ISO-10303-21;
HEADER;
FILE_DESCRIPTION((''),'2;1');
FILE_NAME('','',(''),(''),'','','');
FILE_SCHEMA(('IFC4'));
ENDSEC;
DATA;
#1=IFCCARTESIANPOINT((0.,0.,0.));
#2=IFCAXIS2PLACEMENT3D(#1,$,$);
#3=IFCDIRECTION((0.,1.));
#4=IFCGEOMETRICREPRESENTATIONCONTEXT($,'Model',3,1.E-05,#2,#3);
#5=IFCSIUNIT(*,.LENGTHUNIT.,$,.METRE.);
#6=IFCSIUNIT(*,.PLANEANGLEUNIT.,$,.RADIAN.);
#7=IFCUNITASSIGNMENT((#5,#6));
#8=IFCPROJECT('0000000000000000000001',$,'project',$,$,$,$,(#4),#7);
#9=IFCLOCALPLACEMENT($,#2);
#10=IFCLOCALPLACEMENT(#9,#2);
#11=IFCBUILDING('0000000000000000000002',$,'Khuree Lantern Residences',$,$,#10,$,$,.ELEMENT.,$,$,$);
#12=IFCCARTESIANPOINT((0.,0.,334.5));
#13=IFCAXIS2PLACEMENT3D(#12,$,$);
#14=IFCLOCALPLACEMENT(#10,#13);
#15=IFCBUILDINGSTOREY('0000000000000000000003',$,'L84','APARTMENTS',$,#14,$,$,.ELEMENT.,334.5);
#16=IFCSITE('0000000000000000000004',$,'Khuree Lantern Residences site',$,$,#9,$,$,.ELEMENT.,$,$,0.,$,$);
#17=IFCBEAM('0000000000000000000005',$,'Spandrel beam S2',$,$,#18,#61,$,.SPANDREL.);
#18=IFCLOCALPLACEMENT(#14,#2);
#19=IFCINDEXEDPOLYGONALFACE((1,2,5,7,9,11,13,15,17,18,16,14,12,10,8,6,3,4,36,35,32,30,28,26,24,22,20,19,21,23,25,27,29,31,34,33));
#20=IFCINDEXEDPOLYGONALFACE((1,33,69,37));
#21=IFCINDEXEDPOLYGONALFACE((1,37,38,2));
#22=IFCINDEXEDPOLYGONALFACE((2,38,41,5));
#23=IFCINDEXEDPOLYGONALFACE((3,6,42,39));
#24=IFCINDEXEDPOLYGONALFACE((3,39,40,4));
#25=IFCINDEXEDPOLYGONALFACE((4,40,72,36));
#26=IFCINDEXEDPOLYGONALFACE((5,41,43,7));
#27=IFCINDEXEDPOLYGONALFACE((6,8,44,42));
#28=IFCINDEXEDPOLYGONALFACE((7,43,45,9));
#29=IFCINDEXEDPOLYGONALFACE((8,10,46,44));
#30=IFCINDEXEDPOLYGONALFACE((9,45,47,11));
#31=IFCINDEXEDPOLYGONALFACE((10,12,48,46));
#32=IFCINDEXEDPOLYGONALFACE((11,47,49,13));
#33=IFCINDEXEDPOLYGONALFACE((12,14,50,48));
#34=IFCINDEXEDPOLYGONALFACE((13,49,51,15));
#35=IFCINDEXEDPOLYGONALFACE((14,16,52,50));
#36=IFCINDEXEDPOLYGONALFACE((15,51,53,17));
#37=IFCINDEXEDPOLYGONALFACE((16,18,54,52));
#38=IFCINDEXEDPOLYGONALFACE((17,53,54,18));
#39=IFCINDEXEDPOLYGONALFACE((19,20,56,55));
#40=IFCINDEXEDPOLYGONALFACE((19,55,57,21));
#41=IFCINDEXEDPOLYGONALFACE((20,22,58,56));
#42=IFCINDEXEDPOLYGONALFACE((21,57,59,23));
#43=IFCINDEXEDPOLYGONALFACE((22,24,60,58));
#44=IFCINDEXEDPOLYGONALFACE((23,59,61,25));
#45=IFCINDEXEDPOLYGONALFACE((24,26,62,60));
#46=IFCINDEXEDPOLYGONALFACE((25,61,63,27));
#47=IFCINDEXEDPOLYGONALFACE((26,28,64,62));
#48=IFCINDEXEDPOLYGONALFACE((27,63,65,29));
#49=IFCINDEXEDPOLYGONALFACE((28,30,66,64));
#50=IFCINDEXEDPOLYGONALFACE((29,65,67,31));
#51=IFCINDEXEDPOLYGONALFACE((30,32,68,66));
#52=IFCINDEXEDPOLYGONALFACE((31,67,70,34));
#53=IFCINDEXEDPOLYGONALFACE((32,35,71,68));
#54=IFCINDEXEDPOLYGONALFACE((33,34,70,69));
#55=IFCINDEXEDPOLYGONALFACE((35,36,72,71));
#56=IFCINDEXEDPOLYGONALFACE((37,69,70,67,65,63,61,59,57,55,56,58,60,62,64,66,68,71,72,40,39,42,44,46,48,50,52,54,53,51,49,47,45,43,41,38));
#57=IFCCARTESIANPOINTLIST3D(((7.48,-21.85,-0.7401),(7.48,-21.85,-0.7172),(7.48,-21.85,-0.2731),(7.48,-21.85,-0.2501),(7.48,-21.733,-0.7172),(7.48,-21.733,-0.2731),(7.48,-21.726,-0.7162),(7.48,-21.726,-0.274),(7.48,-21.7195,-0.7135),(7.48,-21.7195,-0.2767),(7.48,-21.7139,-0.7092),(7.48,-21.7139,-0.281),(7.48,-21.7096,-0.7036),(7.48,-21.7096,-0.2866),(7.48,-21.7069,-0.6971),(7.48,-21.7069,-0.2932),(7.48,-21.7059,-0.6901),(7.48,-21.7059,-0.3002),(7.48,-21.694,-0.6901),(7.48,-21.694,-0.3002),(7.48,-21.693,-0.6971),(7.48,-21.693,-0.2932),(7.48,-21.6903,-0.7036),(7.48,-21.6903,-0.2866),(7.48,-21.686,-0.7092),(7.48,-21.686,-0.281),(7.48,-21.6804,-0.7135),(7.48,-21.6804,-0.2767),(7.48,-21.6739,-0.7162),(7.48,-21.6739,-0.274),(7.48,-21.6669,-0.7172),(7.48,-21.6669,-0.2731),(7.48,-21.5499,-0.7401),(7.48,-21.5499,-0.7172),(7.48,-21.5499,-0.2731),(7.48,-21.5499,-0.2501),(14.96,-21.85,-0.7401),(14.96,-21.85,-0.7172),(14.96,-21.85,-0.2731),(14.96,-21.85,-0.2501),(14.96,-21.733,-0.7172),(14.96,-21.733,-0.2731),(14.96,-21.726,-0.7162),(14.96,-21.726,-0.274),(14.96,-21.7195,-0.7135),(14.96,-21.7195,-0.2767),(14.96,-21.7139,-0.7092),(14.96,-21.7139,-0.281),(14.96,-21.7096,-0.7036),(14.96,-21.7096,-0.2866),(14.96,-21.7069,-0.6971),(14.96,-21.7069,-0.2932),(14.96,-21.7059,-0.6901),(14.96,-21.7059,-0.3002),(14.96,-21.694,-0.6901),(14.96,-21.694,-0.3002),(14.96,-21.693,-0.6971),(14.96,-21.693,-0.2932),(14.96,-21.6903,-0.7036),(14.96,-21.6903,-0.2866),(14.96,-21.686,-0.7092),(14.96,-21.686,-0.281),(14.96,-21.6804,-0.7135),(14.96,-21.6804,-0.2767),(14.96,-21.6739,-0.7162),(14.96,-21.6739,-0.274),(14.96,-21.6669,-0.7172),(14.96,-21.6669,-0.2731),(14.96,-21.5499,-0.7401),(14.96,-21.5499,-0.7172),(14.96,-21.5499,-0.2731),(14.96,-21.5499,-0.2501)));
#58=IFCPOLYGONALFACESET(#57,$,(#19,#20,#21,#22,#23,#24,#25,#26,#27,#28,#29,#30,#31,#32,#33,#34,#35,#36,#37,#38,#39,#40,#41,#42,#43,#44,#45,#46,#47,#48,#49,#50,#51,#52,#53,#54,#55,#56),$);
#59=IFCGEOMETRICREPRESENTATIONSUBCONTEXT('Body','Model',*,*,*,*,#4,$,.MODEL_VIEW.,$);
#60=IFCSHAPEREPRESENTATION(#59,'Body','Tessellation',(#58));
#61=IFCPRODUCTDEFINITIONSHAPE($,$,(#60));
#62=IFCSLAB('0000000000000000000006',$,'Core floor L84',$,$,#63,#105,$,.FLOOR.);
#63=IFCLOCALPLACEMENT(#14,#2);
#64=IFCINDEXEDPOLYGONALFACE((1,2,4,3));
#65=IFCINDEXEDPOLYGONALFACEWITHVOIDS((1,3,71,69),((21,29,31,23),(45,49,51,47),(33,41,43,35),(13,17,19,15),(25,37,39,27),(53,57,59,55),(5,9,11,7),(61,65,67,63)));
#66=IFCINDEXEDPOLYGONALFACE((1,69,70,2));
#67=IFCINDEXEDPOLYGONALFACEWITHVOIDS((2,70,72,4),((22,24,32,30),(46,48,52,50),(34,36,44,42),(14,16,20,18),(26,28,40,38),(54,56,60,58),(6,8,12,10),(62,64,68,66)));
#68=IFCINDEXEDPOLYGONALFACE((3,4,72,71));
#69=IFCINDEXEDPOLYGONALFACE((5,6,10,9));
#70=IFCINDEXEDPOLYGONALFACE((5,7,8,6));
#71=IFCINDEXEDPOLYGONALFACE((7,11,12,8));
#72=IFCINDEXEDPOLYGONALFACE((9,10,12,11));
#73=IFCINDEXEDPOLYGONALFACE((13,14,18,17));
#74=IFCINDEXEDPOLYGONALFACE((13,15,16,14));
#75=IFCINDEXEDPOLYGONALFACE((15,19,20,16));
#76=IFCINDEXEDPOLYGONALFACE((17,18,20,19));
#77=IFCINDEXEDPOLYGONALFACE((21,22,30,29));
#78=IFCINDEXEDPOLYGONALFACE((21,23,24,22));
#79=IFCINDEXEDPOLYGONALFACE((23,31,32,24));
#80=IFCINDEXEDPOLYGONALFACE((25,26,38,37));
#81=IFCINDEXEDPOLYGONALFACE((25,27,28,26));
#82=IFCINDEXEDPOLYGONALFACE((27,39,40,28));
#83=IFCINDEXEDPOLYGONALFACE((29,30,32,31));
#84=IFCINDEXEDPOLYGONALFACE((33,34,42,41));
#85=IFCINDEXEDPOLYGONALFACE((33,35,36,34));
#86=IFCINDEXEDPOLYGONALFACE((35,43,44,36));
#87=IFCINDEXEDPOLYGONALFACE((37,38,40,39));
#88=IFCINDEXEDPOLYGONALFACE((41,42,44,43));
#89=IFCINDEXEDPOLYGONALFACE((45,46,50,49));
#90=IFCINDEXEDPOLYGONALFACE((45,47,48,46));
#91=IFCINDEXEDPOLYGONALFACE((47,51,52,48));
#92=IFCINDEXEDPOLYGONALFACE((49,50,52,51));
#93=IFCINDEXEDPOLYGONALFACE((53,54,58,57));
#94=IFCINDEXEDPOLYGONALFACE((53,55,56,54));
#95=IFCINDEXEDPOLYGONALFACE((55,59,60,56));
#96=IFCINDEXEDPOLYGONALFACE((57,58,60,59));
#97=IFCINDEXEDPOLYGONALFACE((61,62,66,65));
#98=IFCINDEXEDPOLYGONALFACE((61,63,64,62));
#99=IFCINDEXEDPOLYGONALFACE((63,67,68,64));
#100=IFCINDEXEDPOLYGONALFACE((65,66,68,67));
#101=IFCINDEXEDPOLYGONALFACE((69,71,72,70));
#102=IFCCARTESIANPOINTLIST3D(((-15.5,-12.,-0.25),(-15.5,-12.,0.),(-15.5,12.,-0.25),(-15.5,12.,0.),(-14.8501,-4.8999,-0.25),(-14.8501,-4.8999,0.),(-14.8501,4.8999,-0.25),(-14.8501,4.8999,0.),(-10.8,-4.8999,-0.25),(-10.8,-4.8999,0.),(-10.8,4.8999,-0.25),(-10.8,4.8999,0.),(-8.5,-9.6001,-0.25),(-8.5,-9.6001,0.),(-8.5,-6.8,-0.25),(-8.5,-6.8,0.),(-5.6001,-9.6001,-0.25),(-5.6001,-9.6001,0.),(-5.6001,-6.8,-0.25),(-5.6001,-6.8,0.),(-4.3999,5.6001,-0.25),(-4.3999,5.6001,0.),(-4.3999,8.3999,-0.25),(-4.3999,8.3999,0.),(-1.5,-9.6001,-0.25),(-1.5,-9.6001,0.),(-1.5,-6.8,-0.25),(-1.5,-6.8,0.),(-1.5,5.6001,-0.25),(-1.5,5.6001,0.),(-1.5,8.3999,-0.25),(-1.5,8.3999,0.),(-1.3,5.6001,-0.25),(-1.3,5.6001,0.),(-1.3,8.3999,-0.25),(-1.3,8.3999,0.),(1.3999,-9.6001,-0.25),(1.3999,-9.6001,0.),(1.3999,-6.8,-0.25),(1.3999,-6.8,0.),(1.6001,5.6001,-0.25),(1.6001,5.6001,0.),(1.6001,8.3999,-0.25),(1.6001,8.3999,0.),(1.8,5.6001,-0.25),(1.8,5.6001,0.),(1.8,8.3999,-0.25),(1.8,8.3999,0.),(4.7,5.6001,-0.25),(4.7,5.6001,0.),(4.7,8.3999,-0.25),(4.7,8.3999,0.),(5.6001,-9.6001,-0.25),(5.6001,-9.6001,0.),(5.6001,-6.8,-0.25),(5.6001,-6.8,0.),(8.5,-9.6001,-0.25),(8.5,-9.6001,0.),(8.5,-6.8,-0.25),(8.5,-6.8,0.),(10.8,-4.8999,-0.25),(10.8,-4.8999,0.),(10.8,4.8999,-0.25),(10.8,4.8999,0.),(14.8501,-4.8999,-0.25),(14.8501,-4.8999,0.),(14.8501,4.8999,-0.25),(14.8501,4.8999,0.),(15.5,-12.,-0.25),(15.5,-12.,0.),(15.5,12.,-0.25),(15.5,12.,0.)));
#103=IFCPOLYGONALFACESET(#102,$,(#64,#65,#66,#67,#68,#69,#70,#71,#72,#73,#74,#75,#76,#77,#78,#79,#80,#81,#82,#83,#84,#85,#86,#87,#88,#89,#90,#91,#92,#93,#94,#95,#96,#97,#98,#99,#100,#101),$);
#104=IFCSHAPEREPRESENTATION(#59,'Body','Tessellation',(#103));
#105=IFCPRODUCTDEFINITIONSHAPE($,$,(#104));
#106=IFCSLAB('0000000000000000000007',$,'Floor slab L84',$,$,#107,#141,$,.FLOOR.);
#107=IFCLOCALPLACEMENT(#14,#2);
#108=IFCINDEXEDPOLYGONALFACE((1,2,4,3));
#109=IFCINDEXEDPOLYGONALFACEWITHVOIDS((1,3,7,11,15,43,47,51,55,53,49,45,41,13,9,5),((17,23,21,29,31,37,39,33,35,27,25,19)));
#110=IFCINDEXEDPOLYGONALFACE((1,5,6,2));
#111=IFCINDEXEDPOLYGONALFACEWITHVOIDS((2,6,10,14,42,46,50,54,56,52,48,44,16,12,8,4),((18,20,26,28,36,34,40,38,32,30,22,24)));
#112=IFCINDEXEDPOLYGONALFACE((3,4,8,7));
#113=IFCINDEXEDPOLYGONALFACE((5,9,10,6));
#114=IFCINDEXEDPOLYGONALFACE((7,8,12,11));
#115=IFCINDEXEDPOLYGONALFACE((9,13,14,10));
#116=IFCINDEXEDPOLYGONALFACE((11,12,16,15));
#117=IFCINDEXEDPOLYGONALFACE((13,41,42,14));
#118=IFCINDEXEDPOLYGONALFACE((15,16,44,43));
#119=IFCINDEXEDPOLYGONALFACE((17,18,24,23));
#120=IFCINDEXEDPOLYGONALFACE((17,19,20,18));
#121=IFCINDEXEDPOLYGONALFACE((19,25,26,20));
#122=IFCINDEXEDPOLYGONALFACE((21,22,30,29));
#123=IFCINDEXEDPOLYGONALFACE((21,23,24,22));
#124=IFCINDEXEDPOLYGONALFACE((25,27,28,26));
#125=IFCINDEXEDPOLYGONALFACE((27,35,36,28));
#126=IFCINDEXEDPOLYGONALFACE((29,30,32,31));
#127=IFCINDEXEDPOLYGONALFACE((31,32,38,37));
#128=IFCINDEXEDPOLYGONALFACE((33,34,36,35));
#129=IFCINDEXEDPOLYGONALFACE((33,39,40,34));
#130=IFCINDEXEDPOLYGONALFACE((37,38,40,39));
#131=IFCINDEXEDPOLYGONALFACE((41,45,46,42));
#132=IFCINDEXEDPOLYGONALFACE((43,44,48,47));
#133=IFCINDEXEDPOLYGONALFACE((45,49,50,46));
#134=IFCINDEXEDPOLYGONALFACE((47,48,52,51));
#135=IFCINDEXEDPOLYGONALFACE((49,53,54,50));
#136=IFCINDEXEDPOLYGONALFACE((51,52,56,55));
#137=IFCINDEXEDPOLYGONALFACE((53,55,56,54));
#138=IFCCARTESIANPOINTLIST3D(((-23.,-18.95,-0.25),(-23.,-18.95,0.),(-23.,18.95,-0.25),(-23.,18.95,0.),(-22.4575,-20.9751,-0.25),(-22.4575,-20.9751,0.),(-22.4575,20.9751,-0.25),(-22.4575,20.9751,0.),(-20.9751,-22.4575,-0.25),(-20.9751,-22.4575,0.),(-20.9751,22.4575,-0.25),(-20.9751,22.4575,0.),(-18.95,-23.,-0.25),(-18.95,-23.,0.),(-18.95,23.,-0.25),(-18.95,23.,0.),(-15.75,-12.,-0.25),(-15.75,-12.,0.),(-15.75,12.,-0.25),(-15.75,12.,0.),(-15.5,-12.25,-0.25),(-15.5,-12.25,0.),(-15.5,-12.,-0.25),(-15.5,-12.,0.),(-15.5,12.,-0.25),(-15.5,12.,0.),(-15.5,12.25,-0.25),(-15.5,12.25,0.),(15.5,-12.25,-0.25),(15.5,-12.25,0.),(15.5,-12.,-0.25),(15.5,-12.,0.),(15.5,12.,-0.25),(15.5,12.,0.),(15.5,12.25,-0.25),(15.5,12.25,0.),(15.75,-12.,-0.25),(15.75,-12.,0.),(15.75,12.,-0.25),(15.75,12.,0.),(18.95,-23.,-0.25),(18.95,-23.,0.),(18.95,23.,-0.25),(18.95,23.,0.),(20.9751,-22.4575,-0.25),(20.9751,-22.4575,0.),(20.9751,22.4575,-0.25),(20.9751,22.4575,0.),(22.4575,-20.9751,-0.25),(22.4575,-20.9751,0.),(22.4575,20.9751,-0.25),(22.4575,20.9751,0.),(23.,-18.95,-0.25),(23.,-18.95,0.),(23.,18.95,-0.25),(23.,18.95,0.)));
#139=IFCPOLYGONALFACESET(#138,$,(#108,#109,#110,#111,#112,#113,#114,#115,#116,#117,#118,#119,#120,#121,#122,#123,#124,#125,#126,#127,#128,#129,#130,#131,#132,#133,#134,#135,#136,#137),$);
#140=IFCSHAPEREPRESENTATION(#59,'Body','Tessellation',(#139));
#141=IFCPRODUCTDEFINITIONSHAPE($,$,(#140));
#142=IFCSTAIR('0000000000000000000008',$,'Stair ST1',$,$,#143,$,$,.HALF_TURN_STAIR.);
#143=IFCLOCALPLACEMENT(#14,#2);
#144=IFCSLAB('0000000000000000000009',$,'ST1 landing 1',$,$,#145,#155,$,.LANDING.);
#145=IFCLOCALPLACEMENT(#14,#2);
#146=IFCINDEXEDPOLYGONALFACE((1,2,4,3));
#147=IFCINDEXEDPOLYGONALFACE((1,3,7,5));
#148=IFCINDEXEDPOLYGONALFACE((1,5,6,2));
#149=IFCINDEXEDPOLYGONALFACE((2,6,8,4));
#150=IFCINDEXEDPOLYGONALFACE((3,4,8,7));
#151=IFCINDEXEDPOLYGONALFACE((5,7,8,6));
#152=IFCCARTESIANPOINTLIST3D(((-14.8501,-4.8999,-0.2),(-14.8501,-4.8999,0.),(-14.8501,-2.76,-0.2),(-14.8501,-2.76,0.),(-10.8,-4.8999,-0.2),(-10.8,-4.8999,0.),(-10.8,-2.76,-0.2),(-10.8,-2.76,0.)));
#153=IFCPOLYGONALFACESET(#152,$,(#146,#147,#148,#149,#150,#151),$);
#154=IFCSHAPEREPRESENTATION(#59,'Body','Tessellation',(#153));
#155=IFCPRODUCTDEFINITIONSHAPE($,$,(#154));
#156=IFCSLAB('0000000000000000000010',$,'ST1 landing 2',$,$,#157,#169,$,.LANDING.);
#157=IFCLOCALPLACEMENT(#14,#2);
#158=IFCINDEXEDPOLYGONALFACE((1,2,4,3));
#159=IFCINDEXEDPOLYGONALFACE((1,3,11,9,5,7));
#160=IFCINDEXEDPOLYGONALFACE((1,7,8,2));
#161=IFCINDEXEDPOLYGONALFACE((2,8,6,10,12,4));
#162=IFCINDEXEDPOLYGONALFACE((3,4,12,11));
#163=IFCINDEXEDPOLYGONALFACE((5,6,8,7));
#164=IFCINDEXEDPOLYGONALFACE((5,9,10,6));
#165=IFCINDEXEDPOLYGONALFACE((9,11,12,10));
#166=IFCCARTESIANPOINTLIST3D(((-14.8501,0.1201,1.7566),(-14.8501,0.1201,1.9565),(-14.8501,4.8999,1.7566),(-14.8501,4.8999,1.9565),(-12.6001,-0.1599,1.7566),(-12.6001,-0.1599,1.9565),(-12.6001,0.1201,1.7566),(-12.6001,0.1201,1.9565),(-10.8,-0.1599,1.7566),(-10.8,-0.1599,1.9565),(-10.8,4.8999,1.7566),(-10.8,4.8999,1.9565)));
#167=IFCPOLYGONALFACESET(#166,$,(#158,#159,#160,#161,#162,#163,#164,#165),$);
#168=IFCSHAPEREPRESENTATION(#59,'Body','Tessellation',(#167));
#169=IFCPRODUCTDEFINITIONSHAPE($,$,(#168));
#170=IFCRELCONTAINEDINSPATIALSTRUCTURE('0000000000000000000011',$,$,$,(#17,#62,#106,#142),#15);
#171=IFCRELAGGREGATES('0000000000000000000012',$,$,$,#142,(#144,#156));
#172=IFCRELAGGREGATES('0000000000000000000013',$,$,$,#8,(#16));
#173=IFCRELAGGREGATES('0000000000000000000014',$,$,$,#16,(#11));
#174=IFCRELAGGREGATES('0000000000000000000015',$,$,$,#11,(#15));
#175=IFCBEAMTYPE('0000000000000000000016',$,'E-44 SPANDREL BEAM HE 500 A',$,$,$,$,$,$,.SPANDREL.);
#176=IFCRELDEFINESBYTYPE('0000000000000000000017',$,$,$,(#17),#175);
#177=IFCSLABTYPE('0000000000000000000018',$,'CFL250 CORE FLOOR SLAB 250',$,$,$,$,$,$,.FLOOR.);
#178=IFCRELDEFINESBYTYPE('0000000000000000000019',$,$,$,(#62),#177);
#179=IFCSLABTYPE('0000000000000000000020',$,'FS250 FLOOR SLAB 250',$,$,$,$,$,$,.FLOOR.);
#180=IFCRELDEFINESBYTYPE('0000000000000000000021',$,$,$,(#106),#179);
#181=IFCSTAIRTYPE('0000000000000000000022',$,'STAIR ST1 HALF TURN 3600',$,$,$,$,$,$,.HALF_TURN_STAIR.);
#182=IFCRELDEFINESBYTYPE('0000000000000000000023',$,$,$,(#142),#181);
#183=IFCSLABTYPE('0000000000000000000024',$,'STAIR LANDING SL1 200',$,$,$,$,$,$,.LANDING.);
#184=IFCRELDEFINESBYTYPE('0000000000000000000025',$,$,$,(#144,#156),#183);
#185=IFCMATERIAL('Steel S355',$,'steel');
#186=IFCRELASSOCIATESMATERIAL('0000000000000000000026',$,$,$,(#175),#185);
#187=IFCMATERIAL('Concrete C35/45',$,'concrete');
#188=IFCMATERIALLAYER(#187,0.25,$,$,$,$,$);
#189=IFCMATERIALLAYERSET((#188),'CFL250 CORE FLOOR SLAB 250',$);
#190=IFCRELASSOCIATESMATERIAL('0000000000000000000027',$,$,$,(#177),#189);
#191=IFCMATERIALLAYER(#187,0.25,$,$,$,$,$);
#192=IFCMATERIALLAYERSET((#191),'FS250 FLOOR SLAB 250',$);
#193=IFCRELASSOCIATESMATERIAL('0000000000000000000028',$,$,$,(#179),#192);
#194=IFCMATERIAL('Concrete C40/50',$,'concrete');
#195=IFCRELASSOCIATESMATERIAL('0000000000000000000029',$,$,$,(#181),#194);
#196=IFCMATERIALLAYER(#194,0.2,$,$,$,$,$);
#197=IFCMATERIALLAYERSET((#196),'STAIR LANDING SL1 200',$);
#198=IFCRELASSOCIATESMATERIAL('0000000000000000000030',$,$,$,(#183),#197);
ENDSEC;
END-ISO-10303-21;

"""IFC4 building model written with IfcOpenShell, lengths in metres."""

from ifc_helpers import new_model, si_unit, direction, frame, origin, origin_2d, place, context, subcontext, project, spatial, polyline, i_section, outline, extrude, material, layer, layer_set, material_profile, profile_set, type_object, element, aggregate, save


model = new_model("IFC4")

# Units and contexts
model_context = context("Model", 3, precision=1e-05, world=origin(), true_north=direction((0.0, 1.0)))
body_context = subcontext(model_context, "Body", "Model", "MODEL_VIEW")
ifc_project = project(units=[si_unit("LENGTHUNIT", "METRE"), si_unit("PLANEANGLEUNIT", "RADIAN")], contexts=[model_context])

# Site, building, storey
site_placement = place(None, origin())
site = spatial("IfcSite", under=ifc_project, at=site_placement, Name="Khuree Lantern Residences site", CompositionType="ELEMENT", RefElevation=0.0)
building_placement = place(site_placement, origin())
building = spatial("IfcBuilding", under=site, at=building_placement, Name="Khuree Lantern Residences", CompositionType="ELEMENT")
storey_placement = place(building_placement, frame((0.0, 0.0, 334.5)))
storey = spatial("IfcBuildingStorey", under=building, at=storey_placement, Name="L84", Description="APARTMENTS", CompositionType="ELEMENT", Elevation=334.5)

# Beam
ifc_material_1 = material(Name="Steel S355", Category="steel")
ifc_material_profile = material_profile(ifc_material_1, i_section(OverallWidth=0.3, OverallDepth=0.49, WebThickness=0.012, FlangeThickness=0.0229, FilletRadius=0.0271, at=origin_2d()), Name="HE 500 A")
ifc_profile_set = profile_set([ifc_material_profile], Name="Steel S355")
beam_type = type_object("IfcBeamType", Name="E-44 SPANDREL BEAM HE 500 A", PredefinedType="SPANDREL", material=ifc_profile_set)
beam_placement = place(storey_placement, frame((14.96, -21.7, -0.4951), z_axis=(-1.0, 0.0, 0.0), x_axis=(0.0, -1.0, 0.0)))
element("IfcBeam", 1, at=beam_placement, inside=storey, type_object=beam_type, Name="Spandrel beam S2", PredefinedType="SPANDREL", context=body_context, shape_type="SweptSolid", body=[
    extrude(i_section(OverallWidth=0.3, OverallDepth=0.49, WebThickness=0.012, FlangeThickness=0.0229, FilletRadius=0.0271, at=origin_2d()), origin(), (0.0, 0.0, 1.0), 7.48),
])

# Slabs
ifc_material_2 = material(Name="Concrete C35/45", Category="concrete")
ifc_layer_1 = layer(ifc_material_2, 0.25)
ifc_layer_set_1 = layer_set([ifc_layer_1], Name="CFL250 CORE FLOOR SLAB 250")
slab_type_1 = type_object("IfcSlabType", Name="CFL250 CORE FLOOR SLAB 250", PredefinedType="FLOOR", material=ifc_layer_set_1)
slab_1_placement = place(storey_placement, frame((0.0, 0.0, -0.25)))
element("IfcSlab", 2, at=slab_1_placement, inside=storey, type_object=slab_type_1, Name="Core floor L84", PredefinedType="FLOOR", context=body_context, shape_type="SweptSolid", body=[
    extrude(outline(polyline([(-15.5, -12.0), (-15.5, 12.0), (15.5, 12.0), (15.5, -12.0), (-15.5, -12.0)]), holes=[polyline([(10.8, 4.8999), (10.8, -4.8999), (14.8501, -4.8999), (14.8501, 4.8999), (10.8, 4.8999)]), polyline([(5.6001, -6.8), (5.6001, -9.6001), (8.5, -9.6001), (8.5, -6.8), (5.6001, -6.8)]), polyline([(1.8, 8.3999), (1.8, 5.6001), (4.7, 5.6001), (4.7, 8.3999), (1.8, 8.3999)]), polyline([(-1.3, 8.3999), (-1.3, 5.6001), (1.6001, 5.6001), (1.6001, 8.3999), (-1.3, 8.3999)]), polyline([(-1.5, -6.8), (-1.5, -9.6001), (1.3999, -9.6001), (1.3999, -6.8), (-1.5, -6.8)]), polyline([(-4.3999, 8.3999), (-4.3999, 5.6001), (-1.5, 5.6001), (-1.5, 8.3999), (-4.3999, 8.3999)]), polyline([(-8.5, -6.8), (-8.5, -9.6001), (-5.6001, -9.6001), (-5.6001, -6.8), (-8.5, -6.8)]), polyline([(-14.8501, 4.8999), (-14.8501, -4.8999), (-10.8, -4.8999), (-10.8, 4.8999), (-14.8501, 4.8999)])]), origin(), (0.0, 0.0, 1.0), 0.25),
])
ifc_layer_2 = layer(ifc_material_2, 0.25)
ifc_layer_set_2 = layer_set([ifc_layer_2], Name="FS250 FLOOR SLAB 250")
slab_type_2 = type_object("IfcSlabType", Name="FS250 FLOOR SLAB 250", PredefinedType="FLOOR", material=ifc_layer_set_2)
slab_2_placement = place(storey_placement, frame((0.0, 0.0, -0.25)))
element("IfcSlab", 3, at=slab_2_placement, inside=storey, type_object=slab_type_2, Name="Floor slab L84", PredefinedType="FLOOR", context=body_context, shape_type="SweptSolid", body=[
    extrude(outline(polyline([(-20.9751, -22.4575), (-22.4575, -20.9751), (-23.0, -18.95), (-23.0, 18.95), (-22.4575, 20.9751), (-20.9751, 22.4575), (-18.95, 23.0), (18.95, 23.0), (20.9751, 22.4575), (22.4575, 20.9751), (23.0, 18.95), (23.0, -18.95), (22.4575, -20.9751), (20.9751, -22.4575), (18.95, -23.0), (-18.95, -23.0), (-20.9751, -22.4575)]), holes=[polyline([(15.75, 12.0), (15.5, 12.0), (15.5, 12.25), (-15.5, 12.25), (-15.5, 12.0), (-15.75, 12.0), (-15.75, -12.0), (-15.5, -12.0), (-15.5, -12.25), (15.5, -12.25), (15.5, -12.0), (15.75, -12.0), (15.75, 12.0)])]), origin(), (0.0, 0.0, 1.0), 0.25),
])

# Stair, slabs
ifc_material_3 = material(Name="Concrete C40/50", Category="concrete")
stair_type = type_object("IfcStairType", Name="STAIR ST1 HALF TURN 3600", PredefinedType="HALF_TURN_STAIR", material=ifc_material_3)
stair_1_placement = place(storey_placement, origin())
stair_1 = element("IfcStair", 4, at=stair_1_placement, inside=storey, type_object=stair_type, Name="Stair ST1", PredefinedType="HALF_TURN_STAIR")
ifc_layer_3 = layer(ifc_material_3, 0.2)
ifc_layer_set_3 = layer_set([ifc_layer_3], Name="STAIR LANDING SL1 200")
slab_type_3 = type_object("IfcSlabType", Name="STAIR LANDING SL1 200", PredefinedType="LANDING", material=ifc_layer_set_3)
slab_3_placement = place(storey_placement, frame((0.0, 0.0, -0.2)))
slab_3 = element("IfcSlab", 5, at=slab_3_placement, type_object=slab_type_3, Name="ST1 landing 1", PredefinedType="LANDING", context=body_context, shape_type="SweptSolid", body=[
    extrude(outline(polyline([(-14.8501, -4.8999), (-10.8, -4.8999), (-10.8, -2.76), (-14.8501, -2.76), (-14.8501, -4.8999)])), origin(), (0.0, 0.0, 1.0), 0.2),
])
slab_4_placement = place(storey_placement, frame((0.0, 0.0, 1.7566)))
slab_4 = element("IfcSlab", 6, at=slab_4_placement, type_object=slab_type_3, Name="ST1 landing 2", PredefinedType="LANDING", context=body_context, shape_type="SweptSolid", body=[
    extrude(outline(polyline([(-14.8501, 0.1201), (-14.8501, 4.8999), (-10.8, 4.8999), (-10.8, -0.1599), (-12.6001, -0.1599), (-12.6001, 0.1201), (-14.8501, 0.1201)])), origin(), (0.0, 0.0, 1.0), 0.2),
])
aggregate(stair_1, [slab_3, slab_4])

save(model, "model.ifc")
